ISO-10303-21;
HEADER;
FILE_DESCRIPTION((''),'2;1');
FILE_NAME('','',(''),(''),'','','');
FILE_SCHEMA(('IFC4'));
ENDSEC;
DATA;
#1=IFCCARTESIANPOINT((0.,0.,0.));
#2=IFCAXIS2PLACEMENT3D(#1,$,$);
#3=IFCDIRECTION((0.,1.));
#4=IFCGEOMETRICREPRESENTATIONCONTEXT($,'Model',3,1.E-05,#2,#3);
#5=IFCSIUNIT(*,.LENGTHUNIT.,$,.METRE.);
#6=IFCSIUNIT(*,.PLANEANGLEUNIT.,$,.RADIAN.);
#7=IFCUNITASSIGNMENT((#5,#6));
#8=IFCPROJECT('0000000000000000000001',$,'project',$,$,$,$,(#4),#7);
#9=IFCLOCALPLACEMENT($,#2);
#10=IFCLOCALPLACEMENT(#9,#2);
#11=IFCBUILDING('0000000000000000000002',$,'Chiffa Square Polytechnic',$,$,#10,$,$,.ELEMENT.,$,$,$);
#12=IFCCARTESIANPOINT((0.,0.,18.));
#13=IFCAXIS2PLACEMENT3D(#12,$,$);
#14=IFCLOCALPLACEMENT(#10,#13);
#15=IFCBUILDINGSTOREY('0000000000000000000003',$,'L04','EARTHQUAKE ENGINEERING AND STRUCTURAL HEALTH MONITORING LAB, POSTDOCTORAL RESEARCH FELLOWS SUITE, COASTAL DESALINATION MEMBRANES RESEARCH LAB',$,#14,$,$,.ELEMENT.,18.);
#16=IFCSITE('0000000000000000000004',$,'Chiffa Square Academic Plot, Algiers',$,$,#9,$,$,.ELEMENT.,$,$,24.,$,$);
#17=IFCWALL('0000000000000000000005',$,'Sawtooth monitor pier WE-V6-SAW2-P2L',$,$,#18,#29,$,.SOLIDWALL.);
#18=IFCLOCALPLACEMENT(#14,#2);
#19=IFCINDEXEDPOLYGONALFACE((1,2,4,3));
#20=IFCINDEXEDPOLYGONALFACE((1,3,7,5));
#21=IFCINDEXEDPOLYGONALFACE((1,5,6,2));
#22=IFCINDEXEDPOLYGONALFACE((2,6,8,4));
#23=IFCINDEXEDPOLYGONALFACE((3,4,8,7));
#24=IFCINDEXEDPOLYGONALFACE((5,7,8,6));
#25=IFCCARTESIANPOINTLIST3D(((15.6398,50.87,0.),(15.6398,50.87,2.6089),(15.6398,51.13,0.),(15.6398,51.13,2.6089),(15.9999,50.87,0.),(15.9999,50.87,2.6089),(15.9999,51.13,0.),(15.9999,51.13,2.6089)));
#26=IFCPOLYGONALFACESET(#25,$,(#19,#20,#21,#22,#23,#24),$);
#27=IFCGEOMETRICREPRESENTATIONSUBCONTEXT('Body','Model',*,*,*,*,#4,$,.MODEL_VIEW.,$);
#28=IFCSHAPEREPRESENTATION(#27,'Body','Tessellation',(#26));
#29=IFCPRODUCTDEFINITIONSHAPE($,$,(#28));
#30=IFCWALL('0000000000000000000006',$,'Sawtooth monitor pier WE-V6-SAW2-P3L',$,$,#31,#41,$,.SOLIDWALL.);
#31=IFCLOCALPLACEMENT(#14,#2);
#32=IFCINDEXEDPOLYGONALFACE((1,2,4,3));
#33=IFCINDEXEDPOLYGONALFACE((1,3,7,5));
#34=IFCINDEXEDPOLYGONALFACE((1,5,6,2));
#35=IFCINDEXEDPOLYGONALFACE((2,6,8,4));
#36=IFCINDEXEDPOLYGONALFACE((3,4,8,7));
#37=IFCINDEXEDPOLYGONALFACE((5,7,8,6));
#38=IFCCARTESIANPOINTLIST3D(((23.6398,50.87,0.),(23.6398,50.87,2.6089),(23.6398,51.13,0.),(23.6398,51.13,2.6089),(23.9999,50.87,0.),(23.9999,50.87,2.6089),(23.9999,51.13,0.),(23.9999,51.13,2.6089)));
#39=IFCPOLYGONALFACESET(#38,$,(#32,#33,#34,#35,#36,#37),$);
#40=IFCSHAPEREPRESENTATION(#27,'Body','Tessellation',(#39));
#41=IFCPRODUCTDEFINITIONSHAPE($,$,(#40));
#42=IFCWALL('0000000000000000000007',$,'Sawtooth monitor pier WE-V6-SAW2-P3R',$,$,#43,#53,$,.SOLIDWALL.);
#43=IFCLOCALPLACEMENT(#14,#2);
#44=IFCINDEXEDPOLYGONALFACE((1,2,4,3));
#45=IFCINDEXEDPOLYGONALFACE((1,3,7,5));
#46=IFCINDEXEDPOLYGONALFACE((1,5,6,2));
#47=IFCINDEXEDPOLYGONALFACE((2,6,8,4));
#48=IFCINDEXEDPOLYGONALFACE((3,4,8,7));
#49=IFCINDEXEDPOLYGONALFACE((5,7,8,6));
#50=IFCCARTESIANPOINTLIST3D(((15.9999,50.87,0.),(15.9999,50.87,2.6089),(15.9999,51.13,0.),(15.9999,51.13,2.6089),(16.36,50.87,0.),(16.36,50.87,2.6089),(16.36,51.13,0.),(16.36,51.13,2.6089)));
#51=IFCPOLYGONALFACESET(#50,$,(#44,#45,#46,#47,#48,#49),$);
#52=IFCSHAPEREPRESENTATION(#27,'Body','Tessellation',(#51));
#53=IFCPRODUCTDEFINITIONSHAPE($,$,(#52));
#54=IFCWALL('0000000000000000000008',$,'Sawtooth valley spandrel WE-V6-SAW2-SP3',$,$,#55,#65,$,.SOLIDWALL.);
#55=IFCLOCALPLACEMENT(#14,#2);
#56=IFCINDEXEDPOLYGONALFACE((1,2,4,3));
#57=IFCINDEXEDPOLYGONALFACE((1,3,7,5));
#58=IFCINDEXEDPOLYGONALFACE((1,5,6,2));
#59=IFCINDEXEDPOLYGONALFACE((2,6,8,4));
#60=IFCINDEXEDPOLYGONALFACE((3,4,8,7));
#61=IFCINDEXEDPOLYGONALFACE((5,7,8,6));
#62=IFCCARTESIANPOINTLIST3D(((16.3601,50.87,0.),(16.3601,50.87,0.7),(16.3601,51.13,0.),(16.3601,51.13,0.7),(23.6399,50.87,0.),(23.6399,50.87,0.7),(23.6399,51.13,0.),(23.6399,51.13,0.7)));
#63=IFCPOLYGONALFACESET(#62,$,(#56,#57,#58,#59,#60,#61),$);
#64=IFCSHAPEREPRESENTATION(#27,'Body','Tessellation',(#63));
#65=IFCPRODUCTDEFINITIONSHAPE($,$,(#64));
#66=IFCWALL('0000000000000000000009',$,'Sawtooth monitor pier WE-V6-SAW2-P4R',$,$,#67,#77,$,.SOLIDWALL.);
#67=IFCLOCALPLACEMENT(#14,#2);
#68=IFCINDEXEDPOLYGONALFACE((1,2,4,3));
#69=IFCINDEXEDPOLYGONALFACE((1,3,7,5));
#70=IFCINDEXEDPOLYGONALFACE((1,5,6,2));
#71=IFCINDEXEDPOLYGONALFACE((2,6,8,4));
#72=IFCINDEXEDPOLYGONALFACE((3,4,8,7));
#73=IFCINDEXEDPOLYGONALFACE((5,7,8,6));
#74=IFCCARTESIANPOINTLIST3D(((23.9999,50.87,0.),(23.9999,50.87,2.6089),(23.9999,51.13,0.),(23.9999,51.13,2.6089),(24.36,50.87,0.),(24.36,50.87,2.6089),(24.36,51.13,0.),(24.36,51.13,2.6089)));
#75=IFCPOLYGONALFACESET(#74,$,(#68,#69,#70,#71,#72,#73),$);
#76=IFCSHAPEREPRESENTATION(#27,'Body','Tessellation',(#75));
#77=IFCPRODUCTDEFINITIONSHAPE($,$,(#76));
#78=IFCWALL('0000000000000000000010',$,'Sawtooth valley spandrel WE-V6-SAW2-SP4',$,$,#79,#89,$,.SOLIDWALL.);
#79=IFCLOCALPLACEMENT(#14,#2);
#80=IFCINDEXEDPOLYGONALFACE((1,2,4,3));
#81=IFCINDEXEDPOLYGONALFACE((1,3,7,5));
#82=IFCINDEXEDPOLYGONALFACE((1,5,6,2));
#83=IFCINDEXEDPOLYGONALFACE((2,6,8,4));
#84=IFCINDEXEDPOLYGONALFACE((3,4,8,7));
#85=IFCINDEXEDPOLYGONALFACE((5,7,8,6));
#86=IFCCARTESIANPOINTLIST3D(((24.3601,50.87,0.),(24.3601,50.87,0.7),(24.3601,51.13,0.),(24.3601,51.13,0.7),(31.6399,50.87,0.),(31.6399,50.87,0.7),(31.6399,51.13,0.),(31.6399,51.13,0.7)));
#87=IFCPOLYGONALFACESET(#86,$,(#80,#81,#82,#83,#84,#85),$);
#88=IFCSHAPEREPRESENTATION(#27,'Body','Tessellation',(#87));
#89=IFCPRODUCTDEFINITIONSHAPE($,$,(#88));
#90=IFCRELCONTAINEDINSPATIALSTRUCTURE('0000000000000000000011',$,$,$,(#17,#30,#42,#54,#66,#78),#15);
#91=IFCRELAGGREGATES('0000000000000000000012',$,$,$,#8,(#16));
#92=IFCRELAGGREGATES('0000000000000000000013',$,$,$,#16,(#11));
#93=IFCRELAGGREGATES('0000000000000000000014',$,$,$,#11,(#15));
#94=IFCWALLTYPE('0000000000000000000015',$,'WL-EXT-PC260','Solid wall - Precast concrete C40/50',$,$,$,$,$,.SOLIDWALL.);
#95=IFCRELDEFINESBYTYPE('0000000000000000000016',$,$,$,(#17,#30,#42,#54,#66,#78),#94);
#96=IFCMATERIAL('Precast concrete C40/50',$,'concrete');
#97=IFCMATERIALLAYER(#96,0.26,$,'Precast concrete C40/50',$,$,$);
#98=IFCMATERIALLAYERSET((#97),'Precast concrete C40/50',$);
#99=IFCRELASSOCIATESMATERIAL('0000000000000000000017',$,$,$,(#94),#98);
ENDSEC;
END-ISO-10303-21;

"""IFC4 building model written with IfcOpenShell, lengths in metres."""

from ifc_helpers import new_model, si_unit, direction, frame, frame_2d, origin, place, context, subcontext, project, spatial, rectangle, extrude, material, layer, layer_set, type_object, element, save


model = new_model("IFC4")

# Units and contexts
model_context = context("Model", 3, precision=1e-05, world=origin(), true_north=direction((0.0, 1.0)))
body_context = subcontext(model_context, "Body", "Model", "MODEL_VIEW")
ifc_project = project(units=[si_unit("LENGTHUNIT", "METRE"), si_unit("PLANEANGLEUNIT", "RADIAN")], contexts=[model_context])

# Site, building, storey
site_placement = place(None, origin())
site = spatial("IfcSite", under=ifc_project, at=site_placement, Name="Chiffa Square Academic Plot, Algiers", CompositionType="ELEMENT", RefElevation=24.0)
building_placement = place(site_placement, origin())
building = spatial("IfcBuilding", under=site, at=building_placement, Name="Chiffa Square Polytechnic", CompositionType="ELEMENT")
storey_placement = place(building_placement, frame((0.0, 0.0, 18.0)))
storey = spatial("IfcBuildingStorey", under=building, at=storey_placement, Name="L04", Description="EARTHQUAKE ENGINEERING AND STRUCTURAL HEALTH MONITORING LAB, POSTDOCTORAL RESEARCH FELLOWS SUITE, COASTAL DESALINATION MEMBRANES RESEARCH LAB", CompositionType="ELEMENT", Elevation=18.0)

# Walls
ifc_material_1 = material(Name="Precast concrete C40/50", Category="concrete")
ifc_layer_1 = layer(ifc_material_1, 0.26, Name="Precast concrete C40/50")
ifc_layer_set_1 = layer_set([ifc_layer_1], Name="Precast concrete C40/50")
wall_type = type_object("IfcWallType", Name="WL-EXT-PC260", Description="Solid wall - Precast concrete C40/50", PredefinedType="SOLIDWALL", material=ifc_layer_set_1)
for number, where, z_axis, x_axis, name in (
    (1, (16.0, 51.0, 0.0), (0.0, 0.0, 1.0), (-1.0, 0.0, 0.0), "Sawtooth monitor pier WE-V6-SAW2-P2L"),
    (2, (24.0, 51.0, 0.0), (0.0, 0.0, 1.0), (-1.0, 0.0, 0.0), "Sawtooth monitor pier WE-V6-SAW2-P3L"),
    (3, (16.3601, 51.0, 0.0), (0.0, 0.0, 1.0), (-1.0, 0.0, 0.0), "Sawtooth monitor pier WE-V6-SAW2-P3R"),
):
    element("IfcWall", number, at=place(storey_placement, frame(where, z_axis=z_axis, x_axis=x_axis)), inside=storey, type_object=wall_type, Name=name, PredefinedType="SOLIDWALL", context=body_context, shape_type="SweptSolid", body=[
        extrude(rectangle(XDim=0.3601, YDim=0.26, at=frame_2d((0.1802, 0.0))), origin(), (0.0, 0.0, 1.0), 2.6089),
    ])
wall_1_placement = place(storey_placement, frame((16.3601, 51.0, 0.0), z_axis=(0.0, 0.0, 1.0), x_axis=(1.0, 0.0, 0.0)))
element("IfcWall", 4, at=wall_1_placement, inside=storey, type_object=wall_type, Name="Sawtooth valley spandrel WE-V6-SAW2-SP3", PredefinedType="SOLIDWALL", context=body_context, shape_type="SweptSolid", body=[
    extrude(rectangle(XDim=7.2798, YDim=0.26, at=frame_2d((3.6399, 0.0))), origin(), (0.0, 0.0, 1.0), 0.7),
])
wall_2_placement = place(storey_placement, frame((24.3601, 51.0, 0.0), z_axis=(0.0, 0.0, 1.0), x_axis=(-1.0, 0.0, 0.0)))
element("IfcWall", 5, at=wall_2_placement, inside=storey, type_object=wall_type, Name="Sawtooth monitor pier WE-V6-SAW2-P4R", PredefinedType="SOLIDWALL", context=body_context, shape_type="SweptSolid", body=[
    extrude(rectangle(XDim=0.3601, YDim=0.26, at=frame_2d((0.1802, 0.0))), origin(), (0.0, 0.0, 1.0), 2.6089),
])
wall_3_placement = place(storey_placement, frame((24.3601, 51.0, 0.0), z_axis=(0.0, 0.0, 1.0), x_axis=(1.0, 0.0, 0.0)))
element("IfcWall", 6, at=wall_3_placement, inside=storey, type_object=wall_type, Name="Sawtooth valley spandrel WE-V6-SAW2-SP4", PredefinedType="SOLIDWALL", context=body_context, shape_type="SweptSolid", body=[
    extrude(rectangle(XDim=7.2798, YDim=0.26, at=frame_2d((3.6399, 0.0))), origin(), (0.0, 0.0, 1.0), 0.7),
])

save(model, "model.ifc")
